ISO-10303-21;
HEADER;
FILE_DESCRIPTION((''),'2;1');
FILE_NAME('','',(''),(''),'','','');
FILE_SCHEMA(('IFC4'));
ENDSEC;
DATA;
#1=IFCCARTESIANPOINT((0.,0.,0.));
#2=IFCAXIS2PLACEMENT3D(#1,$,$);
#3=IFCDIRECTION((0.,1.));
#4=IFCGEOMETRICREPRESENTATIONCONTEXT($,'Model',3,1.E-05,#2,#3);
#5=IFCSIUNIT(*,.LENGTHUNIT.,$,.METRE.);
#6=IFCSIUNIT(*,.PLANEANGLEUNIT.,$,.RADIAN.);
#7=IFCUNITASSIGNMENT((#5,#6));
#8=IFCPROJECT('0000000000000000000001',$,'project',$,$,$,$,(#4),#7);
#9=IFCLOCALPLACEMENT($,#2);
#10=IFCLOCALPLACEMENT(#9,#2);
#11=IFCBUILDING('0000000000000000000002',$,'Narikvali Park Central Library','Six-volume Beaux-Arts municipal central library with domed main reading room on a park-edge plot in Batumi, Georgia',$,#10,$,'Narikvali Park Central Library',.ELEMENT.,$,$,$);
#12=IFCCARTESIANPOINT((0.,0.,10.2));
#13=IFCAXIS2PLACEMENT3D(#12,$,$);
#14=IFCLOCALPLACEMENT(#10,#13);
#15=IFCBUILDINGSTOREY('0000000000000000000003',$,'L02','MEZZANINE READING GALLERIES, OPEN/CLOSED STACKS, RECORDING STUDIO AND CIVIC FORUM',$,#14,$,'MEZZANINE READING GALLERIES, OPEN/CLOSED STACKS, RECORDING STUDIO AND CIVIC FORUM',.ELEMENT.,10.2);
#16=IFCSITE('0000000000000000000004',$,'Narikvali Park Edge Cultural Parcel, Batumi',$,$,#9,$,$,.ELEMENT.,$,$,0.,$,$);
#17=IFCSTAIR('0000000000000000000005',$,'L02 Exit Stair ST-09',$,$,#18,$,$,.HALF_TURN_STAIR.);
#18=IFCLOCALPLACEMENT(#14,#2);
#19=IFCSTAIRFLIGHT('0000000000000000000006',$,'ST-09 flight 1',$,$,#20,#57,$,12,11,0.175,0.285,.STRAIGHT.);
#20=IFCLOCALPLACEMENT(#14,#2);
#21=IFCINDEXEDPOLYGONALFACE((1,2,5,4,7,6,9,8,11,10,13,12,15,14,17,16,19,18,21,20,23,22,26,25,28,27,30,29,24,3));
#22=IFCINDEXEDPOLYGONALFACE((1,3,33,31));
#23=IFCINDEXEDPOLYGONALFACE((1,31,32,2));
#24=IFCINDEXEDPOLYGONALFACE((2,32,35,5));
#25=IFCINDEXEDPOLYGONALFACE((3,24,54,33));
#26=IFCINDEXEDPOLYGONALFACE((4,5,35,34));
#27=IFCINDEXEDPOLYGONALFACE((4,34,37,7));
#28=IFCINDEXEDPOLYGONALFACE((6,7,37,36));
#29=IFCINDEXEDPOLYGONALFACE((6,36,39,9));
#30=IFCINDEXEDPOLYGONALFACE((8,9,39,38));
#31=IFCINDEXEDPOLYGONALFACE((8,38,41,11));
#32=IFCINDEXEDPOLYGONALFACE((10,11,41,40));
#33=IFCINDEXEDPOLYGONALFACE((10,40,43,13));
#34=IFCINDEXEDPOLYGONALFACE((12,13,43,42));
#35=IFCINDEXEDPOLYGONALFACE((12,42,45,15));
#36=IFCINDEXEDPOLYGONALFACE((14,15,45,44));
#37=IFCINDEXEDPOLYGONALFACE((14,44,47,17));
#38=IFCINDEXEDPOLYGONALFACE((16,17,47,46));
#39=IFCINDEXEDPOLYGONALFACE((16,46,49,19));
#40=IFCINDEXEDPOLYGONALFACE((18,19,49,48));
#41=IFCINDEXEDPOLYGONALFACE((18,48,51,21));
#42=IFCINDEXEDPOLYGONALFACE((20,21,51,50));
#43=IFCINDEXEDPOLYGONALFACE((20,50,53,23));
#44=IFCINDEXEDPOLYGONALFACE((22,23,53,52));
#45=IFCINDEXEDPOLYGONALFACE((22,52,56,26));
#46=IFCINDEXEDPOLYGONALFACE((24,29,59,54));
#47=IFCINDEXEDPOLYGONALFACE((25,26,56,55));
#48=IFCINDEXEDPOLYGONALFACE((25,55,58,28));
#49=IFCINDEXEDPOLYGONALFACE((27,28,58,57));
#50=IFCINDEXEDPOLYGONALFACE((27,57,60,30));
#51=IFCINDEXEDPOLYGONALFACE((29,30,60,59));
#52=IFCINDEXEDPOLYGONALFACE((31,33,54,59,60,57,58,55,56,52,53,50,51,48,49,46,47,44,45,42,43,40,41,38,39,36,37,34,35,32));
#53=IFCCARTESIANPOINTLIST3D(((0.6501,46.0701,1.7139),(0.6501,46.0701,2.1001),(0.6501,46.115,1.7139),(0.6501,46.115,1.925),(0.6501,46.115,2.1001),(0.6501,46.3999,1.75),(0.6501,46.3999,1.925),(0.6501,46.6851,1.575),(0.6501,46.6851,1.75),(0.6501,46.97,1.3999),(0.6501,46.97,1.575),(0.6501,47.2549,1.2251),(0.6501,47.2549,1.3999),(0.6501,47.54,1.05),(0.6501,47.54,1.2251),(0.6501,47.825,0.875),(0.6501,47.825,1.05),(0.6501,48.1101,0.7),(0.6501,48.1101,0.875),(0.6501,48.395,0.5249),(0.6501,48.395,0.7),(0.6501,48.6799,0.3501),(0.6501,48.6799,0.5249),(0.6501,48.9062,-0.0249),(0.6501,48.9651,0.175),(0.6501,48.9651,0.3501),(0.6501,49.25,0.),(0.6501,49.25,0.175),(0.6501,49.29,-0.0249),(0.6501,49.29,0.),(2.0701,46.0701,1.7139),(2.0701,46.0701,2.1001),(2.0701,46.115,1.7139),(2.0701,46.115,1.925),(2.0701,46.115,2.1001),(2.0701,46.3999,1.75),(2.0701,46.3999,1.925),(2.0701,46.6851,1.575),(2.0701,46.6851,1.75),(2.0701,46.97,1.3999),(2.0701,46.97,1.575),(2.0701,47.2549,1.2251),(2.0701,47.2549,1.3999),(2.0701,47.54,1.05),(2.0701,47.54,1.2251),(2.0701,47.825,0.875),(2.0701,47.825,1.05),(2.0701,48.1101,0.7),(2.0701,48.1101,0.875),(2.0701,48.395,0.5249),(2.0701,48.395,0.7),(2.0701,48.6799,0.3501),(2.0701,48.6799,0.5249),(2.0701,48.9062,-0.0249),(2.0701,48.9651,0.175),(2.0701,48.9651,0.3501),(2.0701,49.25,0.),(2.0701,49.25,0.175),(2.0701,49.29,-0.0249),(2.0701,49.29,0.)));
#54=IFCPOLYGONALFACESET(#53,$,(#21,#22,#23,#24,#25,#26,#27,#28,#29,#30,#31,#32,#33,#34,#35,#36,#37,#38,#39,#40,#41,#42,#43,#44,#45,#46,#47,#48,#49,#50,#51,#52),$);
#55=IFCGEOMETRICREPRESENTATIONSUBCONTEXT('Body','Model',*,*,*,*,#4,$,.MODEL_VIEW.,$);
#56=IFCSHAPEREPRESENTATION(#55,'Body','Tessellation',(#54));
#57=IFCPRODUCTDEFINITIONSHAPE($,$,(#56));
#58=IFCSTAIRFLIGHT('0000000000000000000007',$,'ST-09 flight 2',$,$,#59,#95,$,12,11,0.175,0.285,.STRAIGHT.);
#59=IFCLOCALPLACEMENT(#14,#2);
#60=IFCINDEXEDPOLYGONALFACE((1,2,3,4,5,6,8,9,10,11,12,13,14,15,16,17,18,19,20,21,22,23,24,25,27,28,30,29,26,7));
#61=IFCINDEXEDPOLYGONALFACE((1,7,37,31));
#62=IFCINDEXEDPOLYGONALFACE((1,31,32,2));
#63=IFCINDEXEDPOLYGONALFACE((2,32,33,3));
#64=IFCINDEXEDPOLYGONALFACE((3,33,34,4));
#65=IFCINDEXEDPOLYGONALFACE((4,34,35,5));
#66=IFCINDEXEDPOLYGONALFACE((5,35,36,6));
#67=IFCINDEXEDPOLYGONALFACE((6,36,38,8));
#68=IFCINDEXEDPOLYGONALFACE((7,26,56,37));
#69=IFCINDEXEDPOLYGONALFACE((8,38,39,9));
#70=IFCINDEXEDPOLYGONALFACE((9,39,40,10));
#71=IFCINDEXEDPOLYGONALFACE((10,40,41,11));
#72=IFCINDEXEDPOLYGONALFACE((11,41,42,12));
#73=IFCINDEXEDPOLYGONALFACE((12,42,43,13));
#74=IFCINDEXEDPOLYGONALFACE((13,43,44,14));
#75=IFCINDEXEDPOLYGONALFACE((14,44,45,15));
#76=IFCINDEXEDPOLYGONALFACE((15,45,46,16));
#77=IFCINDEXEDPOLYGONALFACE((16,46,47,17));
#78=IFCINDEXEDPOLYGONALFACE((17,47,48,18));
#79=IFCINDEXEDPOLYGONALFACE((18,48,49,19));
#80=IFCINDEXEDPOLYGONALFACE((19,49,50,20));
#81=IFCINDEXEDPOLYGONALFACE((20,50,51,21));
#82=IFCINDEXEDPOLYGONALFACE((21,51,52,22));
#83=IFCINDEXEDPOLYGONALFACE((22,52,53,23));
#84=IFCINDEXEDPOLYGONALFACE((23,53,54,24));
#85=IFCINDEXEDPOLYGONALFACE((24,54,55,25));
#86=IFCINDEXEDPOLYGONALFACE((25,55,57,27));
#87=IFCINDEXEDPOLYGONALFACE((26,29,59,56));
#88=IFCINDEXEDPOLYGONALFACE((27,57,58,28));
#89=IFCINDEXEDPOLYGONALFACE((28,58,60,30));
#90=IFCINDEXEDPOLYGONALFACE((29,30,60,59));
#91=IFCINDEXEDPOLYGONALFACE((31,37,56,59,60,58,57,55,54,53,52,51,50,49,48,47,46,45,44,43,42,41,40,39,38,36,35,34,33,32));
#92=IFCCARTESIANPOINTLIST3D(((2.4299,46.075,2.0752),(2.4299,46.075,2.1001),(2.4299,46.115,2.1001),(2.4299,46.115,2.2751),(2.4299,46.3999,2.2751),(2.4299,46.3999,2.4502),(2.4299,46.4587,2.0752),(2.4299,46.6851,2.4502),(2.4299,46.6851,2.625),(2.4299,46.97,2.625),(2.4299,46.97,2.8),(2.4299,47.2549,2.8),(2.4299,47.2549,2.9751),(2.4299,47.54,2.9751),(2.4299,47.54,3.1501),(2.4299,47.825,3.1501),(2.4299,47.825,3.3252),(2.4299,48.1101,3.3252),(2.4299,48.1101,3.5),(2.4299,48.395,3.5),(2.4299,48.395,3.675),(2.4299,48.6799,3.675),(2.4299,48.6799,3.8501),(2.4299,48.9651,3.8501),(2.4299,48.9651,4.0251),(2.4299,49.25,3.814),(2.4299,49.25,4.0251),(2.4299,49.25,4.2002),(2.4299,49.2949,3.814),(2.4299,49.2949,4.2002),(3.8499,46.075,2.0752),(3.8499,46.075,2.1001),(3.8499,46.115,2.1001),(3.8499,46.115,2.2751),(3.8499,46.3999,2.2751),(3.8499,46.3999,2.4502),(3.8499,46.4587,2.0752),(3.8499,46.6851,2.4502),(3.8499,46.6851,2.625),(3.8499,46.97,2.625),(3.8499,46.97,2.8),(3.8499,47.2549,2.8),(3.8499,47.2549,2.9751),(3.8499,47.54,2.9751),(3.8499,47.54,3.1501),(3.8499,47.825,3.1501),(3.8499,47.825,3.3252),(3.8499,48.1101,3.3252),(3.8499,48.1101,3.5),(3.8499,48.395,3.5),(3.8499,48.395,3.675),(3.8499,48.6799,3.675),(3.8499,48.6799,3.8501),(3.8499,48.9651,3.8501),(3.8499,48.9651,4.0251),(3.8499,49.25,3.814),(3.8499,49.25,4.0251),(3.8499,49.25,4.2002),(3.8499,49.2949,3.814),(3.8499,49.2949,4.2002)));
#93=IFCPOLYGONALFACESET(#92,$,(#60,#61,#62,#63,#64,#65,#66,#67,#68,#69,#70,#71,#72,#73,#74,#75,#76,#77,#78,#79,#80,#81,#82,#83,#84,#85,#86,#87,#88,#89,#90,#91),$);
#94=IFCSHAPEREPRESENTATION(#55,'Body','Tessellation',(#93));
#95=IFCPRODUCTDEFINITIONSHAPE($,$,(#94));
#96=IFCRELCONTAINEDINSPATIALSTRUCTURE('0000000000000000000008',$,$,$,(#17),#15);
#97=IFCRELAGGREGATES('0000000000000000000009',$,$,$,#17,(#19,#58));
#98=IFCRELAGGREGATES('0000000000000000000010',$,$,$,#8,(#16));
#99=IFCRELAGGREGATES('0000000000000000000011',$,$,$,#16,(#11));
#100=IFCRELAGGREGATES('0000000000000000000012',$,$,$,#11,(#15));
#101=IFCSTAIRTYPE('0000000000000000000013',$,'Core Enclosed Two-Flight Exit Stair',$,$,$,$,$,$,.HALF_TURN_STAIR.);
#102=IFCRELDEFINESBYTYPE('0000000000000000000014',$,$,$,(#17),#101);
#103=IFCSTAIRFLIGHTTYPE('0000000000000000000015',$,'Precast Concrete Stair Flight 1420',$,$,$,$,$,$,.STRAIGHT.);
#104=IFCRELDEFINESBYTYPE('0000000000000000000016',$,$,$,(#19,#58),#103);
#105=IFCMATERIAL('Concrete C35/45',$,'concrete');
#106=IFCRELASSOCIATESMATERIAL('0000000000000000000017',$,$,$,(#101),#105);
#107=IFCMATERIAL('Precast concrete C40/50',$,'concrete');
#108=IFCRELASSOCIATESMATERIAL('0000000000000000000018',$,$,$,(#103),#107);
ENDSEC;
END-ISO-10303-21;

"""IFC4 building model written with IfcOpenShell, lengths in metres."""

from ifc_helpers import new_model, si_unit, direction, frame, origin, place, context, subcontext, project, spatial, polyline, outline, extrude, material, type_object, element, aggregate, save


model = new_model("IFC4")

# Units and contexts
model_context = context("Model", 3, precision=1e-05, world=origin(), true_north=direction((0.0, 1.0)))
body_context = subcontext(model_context, "Body", "Model", "MODEL_VIEW")
ifc_project = project(units=[si_unit("LENGTHUNIT", "METRE"), si_unit("PLANEANGLEUNIT", "RADIAN")], contexts=[model_context])

# Site, building, storey
site_placement = place(None, origin())
site = spatial("IfcSite", under=ifc_project, at=site_placement, Name="Narikvali Park Edge Cultural Parcel, Batumi", CompositionType="ELEMENT", RefElevation=0.0)
building_placement = place(site_placement, origin())
building = spatial("IfcBuilding", under=site, at=building_placement, Name="Narikvali Park Central Library", Description="Six-volume Beaux-Arts municipal central library with domed main reading room on a park-edge plot in Batumi, Georgia", LongName="Narikvali Park Central Library", CompositionType="ELEMENT")
storey_placement = place(building_placement, frame((0.0, 0.0, 10.2)))
storey = spatial("IfcBuildingStorey", under=building, at=storey_placement, Name="L02", Description="MEZZANINE READING GALLERIES, OPEN/CLOSED STACKS, RECORDING STUDIO AND CIVIC FORUM", LongName="MEZZANINE READING GALLERIES, OPEN/CLOSED STACKS, RECORDING STUDIO AND CIVIC FORUM", CompositionType="ELEMENT", Elevation=10.2)

# Stair, stair flights
ifc_material_1 = material(Name="Concrete C35/45", Category="concrete")
stair_type = type_object("IfcStairType", Name="Core Enclosed Two-Flight Exit Stair", PredefinedType="HALF_TURN_STAIR", material=ifc_material_1)
stair_placement = place(storey_placement, origin())
stair = element("IfcStair", 1, at=stair_placement, inside=storey, type_object=stair_type, Name="L02 Exit Stair ST-09", PredefinedType="HALF_TURN_STAIR")
ifc_material_2 = material(Name="Precast concrete C40/50", Category="concrete")
stair_flight_type = type_object("IfcStairFlightType", Name="Precast Concrete Stair Flight 1420", PredefinedType="STRAIGHT", material=ifc_material_2)
stair_flight_1_placement = place(storey_placement, frame((1.3601, 49.25, 0.0), z_axis=(0.0, 0.0, 1.0), x_axis=(0.0, -1.0, 0.0)))
stair_flight_1 = element("IfcStairFlight", 2, at=stair_flight_1_placement, type_object=stair_flight_type, Name="ST-09 flight 1", NumberOfRisers=12, NumberOfTreads=11, PredefinedType="STRAIGHT", RiserHeight=0.175, TreadLength=0.285, context=body_context, shape_type="SweptSolid", body=[
    extrude(outline(polyline([(-0.04, -0.0249), (-0.04, 0.0), (0.0, 0.0), (0.0, 0.175), (0.2849, 0.175), (0.2849, 0.3501), (0.5701, 0.3501), (0.5701, 0.5249), (0.855, 0.5249), (0.855, 0.7), (1.1399, 0.7), (1.1399, 0.875), (1.425, 0.875), (1.425, 1.05), (1.71, 1.05), (1.71, 1.2251), (1.9951, 1.2251), (1.9951, 1.3999), (2.28, 1.3999), (2.28, 1.575), (2.5649, 1.575), (2.5649, 1.75), (2.8501, 1.75), (2.8501, 1.925), (3.135, 1.925), (3.135, 2.1001), (3.1799, 2.1001), (3.1799, 1.7139), (3.135, 1.7139), (0.3438, -0.0249), (-0.04, -0.0249)])), frame((0.0, 0.71, 0.0), z_axis=(0.0, -1.0, 0.0), x_axis=(1.0, 0.0, 0.0)), (0.0, 0.0, 1.0), 1.4199),
])
stair_flight_2_placement = place(storey_placement, frame((3.1399, 46.115, 2.1001), z_axis=(0.0, 0.0, 1.0), x_axis=(0.0, 1.0, 0.0)))
stair_flight_2 = element("IfcStairFlight", 3, at=stair_flight_2_placement, type_object=stair_flight_type, Name="ST-09 flight 2", NumberOfRisers=12, NumberOfTreads=11, PredefinedType="STRAIGHT", RiserHeight=0.175, TreadLength=0.285, context=body_context, shape_type="SweptSolid", body=[
    extrude(outline(polyline([(-0.04, -0.0249), (-0.04, 0.0), (0.0, 0.0), (0.0, 0.175), (0.2849, 0.175), (0.2849, 0.3501), (0.5701, 0.3501), (0.5701, 0.5249), (0.855, 0.5249), (0.855, 0.7), (1.1399, 0.7), (1.1399, 0.875), (1.425, 0.875), (1.425, 1.05), (1.71, 1.05), (1.71, 1.2251), (1.9951, 1.2251), (1.9951, 1.3999), (2.28, 1.3999), (2.28, 1.575), (2.5649, 1.575), (2.5649, 1.75), (2.8501, 1.75), (2.8501, 1.925), (3.135, 1.925), (3.135, 2.1001), (3.1799, 2.1001), (3.1799, 1.7139), (3.135, 1.7139), (0.3438, -0.0249), (-0.04, -0.0249)])), frame((0.0, 0.71, 0.0), z_axis=(0.0, -1.0, 0.0), x_axis=(1.0, 0.0, 0.0)), (0.0, 0.0, 1.0), 1.4199),
])
aggregate(stair, [stair_flight_1, stair_flight_2])

save(model, "model.ifc")
